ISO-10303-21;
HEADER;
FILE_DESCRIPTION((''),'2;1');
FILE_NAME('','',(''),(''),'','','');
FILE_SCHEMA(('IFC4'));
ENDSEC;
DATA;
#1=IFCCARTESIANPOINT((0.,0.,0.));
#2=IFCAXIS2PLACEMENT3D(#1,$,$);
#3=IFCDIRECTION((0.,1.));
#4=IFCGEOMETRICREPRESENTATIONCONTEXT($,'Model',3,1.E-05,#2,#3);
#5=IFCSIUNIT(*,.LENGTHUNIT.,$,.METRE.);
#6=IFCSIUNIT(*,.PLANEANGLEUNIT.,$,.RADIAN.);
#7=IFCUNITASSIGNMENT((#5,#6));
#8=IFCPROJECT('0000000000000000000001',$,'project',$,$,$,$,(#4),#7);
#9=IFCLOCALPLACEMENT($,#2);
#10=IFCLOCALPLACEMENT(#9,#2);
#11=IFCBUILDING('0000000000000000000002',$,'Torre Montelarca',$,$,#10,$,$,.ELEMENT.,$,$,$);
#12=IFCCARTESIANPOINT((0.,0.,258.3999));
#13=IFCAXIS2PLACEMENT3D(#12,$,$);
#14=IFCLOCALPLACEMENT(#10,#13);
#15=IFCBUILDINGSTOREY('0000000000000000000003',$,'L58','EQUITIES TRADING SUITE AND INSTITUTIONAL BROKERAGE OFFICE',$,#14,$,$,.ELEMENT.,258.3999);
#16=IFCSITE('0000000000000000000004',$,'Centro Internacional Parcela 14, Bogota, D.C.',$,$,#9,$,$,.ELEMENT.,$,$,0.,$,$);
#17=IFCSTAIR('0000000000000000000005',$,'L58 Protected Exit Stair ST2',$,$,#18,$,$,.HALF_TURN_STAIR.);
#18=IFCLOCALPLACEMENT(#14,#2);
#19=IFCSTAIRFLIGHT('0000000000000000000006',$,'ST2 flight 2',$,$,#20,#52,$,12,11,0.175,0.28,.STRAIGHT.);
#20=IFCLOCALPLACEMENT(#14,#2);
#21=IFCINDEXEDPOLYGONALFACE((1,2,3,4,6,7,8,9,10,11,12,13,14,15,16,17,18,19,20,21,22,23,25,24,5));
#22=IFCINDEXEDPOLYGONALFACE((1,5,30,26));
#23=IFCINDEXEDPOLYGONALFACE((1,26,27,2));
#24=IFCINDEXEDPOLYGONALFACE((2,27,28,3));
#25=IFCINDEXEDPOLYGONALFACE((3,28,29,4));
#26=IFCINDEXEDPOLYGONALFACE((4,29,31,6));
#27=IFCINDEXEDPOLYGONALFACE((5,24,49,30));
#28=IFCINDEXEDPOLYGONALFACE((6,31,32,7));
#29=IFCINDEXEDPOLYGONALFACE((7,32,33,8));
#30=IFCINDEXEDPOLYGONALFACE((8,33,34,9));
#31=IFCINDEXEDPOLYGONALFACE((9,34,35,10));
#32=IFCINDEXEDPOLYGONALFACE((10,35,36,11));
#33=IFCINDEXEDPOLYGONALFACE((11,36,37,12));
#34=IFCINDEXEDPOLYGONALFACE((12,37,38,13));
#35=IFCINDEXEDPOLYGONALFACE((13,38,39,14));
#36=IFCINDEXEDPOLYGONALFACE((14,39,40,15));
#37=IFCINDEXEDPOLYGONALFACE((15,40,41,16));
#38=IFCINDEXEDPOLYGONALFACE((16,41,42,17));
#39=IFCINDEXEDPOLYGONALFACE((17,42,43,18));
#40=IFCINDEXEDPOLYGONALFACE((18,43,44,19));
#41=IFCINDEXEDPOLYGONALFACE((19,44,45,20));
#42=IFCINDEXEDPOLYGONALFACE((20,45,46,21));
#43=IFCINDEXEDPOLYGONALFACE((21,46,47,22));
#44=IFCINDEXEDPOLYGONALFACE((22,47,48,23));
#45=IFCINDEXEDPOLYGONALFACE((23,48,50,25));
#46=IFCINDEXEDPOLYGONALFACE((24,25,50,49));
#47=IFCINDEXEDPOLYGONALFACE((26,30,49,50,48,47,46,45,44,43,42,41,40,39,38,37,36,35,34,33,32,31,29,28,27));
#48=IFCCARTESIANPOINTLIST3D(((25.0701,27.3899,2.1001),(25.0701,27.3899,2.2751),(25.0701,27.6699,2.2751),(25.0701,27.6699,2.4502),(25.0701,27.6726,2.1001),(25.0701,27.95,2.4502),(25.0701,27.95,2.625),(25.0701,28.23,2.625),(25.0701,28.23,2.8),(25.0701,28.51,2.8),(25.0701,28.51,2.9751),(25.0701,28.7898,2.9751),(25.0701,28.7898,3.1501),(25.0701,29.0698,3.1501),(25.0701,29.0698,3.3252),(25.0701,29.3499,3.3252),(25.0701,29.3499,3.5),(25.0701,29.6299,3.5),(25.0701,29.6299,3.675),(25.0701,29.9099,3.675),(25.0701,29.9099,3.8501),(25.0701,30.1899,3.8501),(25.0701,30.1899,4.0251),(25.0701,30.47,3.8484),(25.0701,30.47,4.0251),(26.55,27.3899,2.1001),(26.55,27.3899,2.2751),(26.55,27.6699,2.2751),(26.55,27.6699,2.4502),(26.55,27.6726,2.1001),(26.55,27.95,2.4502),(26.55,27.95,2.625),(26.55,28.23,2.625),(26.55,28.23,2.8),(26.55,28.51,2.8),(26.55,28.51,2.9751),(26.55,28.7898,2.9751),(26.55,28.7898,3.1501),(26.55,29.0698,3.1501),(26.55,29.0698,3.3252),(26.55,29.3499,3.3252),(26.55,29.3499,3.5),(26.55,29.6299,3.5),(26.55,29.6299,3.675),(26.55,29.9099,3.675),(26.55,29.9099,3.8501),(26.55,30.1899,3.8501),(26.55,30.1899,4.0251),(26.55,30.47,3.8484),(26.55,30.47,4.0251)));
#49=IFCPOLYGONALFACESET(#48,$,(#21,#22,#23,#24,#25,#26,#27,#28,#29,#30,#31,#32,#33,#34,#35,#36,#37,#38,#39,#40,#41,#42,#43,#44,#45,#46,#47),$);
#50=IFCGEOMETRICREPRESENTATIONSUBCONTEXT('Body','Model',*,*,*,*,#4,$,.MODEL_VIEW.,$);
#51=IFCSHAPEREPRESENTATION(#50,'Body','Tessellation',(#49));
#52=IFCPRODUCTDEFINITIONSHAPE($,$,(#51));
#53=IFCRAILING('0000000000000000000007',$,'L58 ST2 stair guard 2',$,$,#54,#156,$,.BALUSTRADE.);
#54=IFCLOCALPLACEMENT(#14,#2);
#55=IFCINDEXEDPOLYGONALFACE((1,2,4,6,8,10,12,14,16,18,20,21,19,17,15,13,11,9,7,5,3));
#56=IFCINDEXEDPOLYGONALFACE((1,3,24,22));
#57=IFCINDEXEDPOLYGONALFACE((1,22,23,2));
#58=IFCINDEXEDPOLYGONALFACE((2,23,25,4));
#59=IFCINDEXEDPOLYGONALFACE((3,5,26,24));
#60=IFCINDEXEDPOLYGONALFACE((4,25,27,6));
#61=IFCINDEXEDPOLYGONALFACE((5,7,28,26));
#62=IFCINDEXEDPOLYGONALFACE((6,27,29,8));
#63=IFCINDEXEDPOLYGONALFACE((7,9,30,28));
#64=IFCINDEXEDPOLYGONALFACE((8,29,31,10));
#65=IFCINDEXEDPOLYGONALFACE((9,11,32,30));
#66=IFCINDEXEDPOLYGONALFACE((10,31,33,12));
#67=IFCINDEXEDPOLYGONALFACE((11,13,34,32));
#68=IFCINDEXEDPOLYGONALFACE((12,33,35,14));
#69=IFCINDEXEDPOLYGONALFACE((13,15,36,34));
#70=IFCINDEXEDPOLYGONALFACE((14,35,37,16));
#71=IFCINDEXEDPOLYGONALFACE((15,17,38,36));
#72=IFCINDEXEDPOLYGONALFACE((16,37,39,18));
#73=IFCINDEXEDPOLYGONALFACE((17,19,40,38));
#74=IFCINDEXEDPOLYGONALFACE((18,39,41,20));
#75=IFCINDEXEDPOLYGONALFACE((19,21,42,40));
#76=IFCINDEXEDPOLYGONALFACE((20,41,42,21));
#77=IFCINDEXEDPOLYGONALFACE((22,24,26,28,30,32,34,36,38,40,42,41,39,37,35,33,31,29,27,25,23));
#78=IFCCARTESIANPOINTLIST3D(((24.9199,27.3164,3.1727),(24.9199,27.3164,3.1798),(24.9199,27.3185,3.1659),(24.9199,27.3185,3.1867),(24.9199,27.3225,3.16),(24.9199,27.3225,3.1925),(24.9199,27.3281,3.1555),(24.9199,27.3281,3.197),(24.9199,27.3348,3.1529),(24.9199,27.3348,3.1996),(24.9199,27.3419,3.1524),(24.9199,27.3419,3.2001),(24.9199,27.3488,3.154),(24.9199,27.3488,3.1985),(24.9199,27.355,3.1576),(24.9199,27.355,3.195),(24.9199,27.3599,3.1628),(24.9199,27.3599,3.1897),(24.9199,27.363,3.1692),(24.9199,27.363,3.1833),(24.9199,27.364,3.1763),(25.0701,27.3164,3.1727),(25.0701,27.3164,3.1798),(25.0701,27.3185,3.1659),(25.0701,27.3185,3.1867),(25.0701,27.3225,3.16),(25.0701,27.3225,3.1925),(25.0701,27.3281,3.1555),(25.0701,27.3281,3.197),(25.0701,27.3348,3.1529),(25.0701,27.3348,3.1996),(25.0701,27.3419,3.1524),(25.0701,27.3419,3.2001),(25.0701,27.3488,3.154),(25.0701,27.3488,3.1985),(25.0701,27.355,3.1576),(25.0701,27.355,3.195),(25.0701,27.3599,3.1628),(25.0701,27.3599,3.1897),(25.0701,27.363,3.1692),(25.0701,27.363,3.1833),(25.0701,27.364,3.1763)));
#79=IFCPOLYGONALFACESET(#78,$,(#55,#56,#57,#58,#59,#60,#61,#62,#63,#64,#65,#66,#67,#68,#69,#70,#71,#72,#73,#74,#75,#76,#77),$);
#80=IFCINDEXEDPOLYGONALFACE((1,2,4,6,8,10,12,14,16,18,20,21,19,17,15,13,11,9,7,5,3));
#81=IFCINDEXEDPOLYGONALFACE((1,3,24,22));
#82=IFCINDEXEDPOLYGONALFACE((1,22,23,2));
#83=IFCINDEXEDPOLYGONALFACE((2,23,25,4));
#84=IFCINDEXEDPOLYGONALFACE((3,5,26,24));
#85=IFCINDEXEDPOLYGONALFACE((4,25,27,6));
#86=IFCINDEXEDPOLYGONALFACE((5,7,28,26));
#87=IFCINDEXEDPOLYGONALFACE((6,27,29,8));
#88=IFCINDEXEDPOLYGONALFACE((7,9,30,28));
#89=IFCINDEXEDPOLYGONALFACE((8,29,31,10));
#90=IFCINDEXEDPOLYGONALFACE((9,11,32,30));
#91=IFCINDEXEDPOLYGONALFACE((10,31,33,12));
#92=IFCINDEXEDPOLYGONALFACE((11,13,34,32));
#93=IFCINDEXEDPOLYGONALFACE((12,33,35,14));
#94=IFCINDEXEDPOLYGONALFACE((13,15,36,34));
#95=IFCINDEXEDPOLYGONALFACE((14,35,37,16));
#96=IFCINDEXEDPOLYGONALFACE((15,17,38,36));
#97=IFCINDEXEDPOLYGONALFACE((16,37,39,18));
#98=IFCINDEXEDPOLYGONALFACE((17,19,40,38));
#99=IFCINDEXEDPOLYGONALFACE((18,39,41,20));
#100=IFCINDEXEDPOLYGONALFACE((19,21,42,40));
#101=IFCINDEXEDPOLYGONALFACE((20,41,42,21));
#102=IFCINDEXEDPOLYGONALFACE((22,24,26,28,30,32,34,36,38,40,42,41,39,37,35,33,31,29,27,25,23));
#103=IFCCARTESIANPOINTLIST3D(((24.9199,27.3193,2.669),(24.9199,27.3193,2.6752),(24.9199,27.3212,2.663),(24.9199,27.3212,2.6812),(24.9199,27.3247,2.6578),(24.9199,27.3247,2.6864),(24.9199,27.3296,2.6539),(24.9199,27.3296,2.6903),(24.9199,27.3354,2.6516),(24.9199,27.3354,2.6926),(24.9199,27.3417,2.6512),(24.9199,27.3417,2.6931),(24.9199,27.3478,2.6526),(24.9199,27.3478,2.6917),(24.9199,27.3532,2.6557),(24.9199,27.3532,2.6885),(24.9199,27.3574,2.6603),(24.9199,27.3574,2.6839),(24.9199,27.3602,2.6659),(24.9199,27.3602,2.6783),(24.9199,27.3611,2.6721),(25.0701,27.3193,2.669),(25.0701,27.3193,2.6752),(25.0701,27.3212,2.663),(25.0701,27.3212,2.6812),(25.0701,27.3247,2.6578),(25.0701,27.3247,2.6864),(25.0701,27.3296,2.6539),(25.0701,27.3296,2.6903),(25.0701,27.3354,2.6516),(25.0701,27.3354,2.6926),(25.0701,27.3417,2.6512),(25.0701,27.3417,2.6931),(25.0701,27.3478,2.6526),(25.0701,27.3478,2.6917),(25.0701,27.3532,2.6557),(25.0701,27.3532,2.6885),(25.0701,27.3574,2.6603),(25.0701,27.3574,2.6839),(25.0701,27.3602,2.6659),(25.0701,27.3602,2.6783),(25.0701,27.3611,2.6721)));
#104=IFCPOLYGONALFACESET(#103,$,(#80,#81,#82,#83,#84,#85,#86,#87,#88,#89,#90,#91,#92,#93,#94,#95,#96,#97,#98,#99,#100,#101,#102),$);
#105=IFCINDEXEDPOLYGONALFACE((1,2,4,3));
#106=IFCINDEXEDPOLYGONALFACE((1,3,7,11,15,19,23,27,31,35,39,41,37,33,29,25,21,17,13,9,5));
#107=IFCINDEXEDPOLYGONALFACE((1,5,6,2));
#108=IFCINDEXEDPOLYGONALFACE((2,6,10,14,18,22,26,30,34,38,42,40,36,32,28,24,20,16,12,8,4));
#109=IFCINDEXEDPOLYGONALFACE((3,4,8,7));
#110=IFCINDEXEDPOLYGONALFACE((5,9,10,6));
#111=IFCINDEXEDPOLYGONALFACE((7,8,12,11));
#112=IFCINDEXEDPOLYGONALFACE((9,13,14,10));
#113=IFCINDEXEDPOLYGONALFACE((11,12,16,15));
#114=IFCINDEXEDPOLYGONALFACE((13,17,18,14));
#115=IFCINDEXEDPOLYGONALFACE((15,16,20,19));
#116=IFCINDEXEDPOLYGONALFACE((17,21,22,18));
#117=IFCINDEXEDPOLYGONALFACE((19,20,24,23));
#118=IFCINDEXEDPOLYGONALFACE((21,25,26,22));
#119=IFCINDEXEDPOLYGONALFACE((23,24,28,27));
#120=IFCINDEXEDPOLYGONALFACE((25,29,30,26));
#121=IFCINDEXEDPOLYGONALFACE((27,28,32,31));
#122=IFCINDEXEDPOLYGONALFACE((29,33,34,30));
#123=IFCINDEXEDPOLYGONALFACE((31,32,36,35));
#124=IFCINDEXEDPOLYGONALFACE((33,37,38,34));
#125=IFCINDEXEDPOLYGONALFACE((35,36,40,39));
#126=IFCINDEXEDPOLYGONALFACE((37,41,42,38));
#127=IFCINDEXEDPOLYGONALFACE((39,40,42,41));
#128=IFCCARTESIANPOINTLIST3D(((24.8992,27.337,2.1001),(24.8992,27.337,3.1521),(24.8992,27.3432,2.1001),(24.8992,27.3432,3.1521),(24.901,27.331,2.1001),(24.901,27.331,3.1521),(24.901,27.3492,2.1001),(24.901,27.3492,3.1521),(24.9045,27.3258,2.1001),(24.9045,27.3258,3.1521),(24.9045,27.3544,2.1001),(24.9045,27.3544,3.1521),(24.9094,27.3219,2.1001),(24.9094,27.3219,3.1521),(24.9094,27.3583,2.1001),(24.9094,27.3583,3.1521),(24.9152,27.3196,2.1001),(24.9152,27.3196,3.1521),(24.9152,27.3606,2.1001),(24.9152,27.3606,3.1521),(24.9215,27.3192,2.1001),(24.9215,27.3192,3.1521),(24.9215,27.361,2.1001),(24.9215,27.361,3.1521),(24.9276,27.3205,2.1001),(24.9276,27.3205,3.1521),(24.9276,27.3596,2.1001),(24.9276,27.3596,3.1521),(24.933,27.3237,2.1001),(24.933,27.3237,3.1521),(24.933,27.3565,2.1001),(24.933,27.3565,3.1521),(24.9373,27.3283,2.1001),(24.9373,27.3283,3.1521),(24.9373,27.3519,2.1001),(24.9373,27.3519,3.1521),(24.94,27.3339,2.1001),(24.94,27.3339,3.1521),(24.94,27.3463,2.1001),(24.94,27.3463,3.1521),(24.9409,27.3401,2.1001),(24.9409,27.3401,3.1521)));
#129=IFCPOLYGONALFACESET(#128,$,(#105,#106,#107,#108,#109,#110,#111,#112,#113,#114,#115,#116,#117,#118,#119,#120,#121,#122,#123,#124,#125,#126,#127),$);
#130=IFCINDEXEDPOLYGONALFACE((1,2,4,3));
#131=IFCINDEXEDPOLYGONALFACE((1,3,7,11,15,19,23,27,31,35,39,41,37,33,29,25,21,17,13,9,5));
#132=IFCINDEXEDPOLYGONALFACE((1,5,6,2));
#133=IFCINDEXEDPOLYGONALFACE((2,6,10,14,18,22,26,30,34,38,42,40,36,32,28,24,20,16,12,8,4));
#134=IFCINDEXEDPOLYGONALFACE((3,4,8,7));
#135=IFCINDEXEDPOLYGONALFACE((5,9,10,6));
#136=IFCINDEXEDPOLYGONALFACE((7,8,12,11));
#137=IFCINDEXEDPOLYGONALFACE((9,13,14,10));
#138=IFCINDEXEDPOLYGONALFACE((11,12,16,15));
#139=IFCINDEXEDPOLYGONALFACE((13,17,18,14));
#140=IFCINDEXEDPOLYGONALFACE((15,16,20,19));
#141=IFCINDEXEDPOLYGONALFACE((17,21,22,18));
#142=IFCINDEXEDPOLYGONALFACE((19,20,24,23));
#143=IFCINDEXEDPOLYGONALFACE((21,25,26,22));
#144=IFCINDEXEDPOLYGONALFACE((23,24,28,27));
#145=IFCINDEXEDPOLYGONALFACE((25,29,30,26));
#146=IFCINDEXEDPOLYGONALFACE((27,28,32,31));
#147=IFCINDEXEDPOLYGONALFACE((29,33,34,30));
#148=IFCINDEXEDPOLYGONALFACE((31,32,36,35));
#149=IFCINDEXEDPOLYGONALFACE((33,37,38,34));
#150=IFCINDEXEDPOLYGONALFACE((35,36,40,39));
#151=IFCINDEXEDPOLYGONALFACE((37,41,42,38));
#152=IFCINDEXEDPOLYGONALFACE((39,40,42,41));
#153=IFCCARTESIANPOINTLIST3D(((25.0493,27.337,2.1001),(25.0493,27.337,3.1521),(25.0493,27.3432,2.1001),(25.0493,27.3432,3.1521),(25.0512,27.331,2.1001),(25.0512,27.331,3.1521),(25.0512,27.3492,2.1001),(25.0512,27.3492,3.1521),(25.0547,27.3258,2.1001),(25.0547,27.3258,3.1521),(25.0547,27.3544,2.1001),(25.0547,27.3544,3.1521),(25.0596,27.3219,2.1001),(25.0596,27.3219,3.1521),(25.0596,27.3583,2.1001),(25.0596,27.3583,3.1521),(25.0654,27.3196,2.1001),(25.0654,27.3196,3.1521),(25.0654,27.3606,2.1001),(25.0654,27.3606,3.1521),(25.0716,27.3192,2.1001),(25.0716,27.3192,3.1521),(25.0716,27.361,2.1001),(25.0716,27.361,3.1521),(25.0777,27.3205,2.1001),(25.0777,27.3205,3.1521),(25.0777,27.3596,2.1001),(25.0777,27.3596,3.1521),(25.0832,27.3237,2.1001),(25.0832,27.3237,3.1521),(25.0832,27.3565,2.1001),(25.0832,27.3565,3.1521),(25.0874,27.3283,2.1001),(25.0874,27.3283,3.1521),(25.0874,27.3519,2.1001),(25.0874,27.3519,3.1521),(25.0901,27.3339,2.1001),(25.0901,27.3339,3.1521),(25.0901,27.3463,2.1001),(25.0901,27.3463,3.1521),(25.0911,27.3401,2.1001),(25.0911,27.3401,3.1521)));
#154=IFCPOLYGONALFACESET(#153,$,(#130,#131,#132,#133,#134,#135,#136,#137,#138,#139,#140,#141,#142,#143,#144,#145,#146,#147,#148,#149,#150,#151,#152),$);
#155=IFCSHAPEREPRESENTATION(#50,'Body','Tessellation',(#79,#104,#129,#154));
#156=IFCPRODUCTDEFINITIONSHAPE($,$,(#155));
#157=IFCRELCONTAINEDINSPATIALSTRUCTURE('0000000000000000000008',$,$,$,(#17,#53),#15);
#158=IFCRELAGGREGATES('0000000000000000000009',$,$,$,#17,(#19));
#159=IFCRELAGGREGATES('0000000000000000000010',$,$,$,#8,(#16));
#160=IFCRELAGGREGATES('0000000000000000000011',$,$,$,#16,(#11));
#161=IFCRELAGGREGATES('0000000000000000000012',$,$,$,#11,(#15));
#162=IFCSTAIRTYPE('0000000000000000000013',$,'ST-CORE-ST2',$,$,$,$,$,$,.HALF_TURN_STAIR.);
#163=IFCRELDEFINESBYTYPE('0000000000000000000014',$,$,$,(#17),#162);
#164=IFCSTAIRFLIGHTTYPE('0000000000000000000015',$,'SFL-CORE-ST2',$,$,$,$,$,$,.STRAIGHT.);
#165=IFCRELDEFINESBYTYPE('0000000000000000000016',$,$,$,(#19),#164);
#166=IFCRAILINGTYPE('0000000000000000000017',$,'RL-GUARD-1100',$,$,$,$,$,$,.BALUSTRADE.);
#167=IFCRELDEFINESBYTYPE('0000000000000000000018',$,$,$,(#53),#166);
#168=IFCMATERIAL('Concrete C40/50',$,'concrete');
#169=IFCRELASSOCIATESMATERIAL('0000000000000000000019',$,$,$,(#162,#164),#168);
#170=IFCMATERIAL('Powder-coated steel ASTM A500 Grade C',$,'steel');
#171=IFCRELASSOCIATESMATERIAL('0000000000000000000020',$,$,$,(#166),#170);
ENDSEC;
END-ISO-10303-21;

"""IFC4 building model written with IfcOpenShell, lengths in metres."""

from ifc_helpers import new_model, si_unit, direction, frame, origin, origin_2d, place, context, subcontext, project, spatial, polyline, circle, outline, extrude, material, type_object, element, aggregate, save


model = new_model("IFC4")

# Units and contexts
model_context = context("Model", 3, precision=1e-05, world=origin(), true_north=direction((0.0, 1.0)))
body_context = subcontext(model_context, "Body", "Model", "MODEL_VIEW")
ifc_project = project(units=[si_unit("LENGTHUNIT", "METRE"), si_unit("PLANEANGLEUNIT", "RADIAN")], contexts=[model_context])

# Site, building, storey
site_placement = place(None, origin())
site = spatial("IfcSite", under=ifc_project, at=site_placement, Name="Centro Internacional Parcela 14, Bogota, D.C.", CompositionType="ELEMENT", RefElevation=0.0)
building_placement = place(site_placement, origin())
building = spatial("IfcBuilding", under=site, at=building_placement, Name="Torre Montelarca", CompositionType="ELEMENT")
storey_placement = place(building_placement, frame((0.0, 0.0, 258.3999)))
storey = spatial("IfcBuildingStorey", under=building, at=storey_placement, Name="L58", Description="EQUITIES TRADING SUITE AND INSTITUTIONAL BROKERAGE OFFICE", CompositionType="ELEMENT", Elevation=258.3999)

# Shared definitions
ifc_material_1 = material(Name="Concrete C40/50", Category="concrete")

# Stair, stair flight
stair_type = type_object("IfcStairType", Name="ST-CORE-ST2", PredefinedType="HALF_TURN_STAIR", material=ifc_material_1)
stair_placement = place(storey_placement, origin())
stair = element("IfcStair", 1, at=stair_placement, inside=storey, type_object=stair_type, Name="L58 Protected Exit Stair ST2", PredefinedType="HALF_TURN_STAIR")
stair_flight_type = type_object("IfcStairFlightType", Name="SFL-CORE-ST2", PredefinedType="STRAIGHT", material=ifc_material_1)
stair_flight_placement = place(storey_placement, frame((25.8101, 27.3899, 2.1001), z_axis=(0.0, 0.0, 1.0), x_axis=(0.0, 1.0, 0.0)))
stair_flight = element("IfcStairFlight", 2, at=stair_flight_placement, type_object=stair_flight_type, Name="ST2 flight 2", NumberOfRisers=12, NumberOfTreads=11, PredefinedType="STRAIGHT", RiserHeight=0.175, TreadLength=0.28, context=body_context, shape_type="SweptSolid", body=[
    extrude(outline(polyline([(0.0, 0.0), (0.0, 0.175), (0.28, 0.175), (0.28, 0.3501), (0.5601, 0.3501), (0.5601, 0.5249), (0.8401, 0.5249), (0.8401, 0.7), (1.1201, 0.7), (1.1201, 0.875), (1.3999, 0.875), (1.3999, 1.05), (1.6799, 1.05), (1.6799, 1.2251), (1.96, 1.2251), (1.96, 1.3999), (2.24, 1.3999), (2.24, 1.575), (2.52, 1.575), (2.52, 1.75), (2.8, 1.75), (2.8, 1.925), (3.0801, 1.925), (3.0801, 2.1001), (3.0801, 1.7483), (0.2827, 0.0), (0.0, 0.0)])), frame((0.0, 0.74, 0.0), z_axis=(0.0, -1.0, 0.0), x_axis=(1.0, 0.0, 0.0)), (0.0, 0.0, 1.0), 1.48),
])
aggregate(stair, [stair_flight])

# Railing
ifc_material_2 = material(Name="Powder-coated steel ASTM A500 Grade C", Category="steel")
railing_type_1 = type_object("IfcRailingType", Name="RL-GUARD-1100", PredefinedType="BALUSTRADE", material=ifc_material_2)
railing_1_placement = place(storey_placement, frame((24.9199, 27.3401, 2.1001)))
element("IfcRailing", 3, at=railing_1_placement, inside=storey, type_object=railing_type_1, Name="L58 ST2 stair guard 2", PredefinedType="BALUSTRADE", context=body_context, shape_type="SweptSolid", body=[
    extrude(circle(Radius=0.0239, at=origin_2d()), frame((0.0, 0.0, 1.0762), z_axis=(1.0, 0.0, 0.0), x_axis=(0.0, 1.0, 0.0)), (0.0, 0.0, 1.0), 0.1501),
    extrude(circle(Radius=0.021, at=origin_2d()), frame((0.0, 0.0, 0.572), z_axis=(1.0, 0.0, 0.0), x_axis=(0.0, 1.0, 0.0)), (0.0, 0.0, 1.0), 0.1501),
    extrude(circle(Radius=0.021, at=origin_2d()), origin(), (0.0, 0.0, 1.0), 1.052),
    extrude(circle(Radius=0.021, at=origin_2d()), frame((0.1501, 0.0, 0.0)), (0.0, 0.0, 1.0), 1.052),
])

save(model, "model.ifc")
